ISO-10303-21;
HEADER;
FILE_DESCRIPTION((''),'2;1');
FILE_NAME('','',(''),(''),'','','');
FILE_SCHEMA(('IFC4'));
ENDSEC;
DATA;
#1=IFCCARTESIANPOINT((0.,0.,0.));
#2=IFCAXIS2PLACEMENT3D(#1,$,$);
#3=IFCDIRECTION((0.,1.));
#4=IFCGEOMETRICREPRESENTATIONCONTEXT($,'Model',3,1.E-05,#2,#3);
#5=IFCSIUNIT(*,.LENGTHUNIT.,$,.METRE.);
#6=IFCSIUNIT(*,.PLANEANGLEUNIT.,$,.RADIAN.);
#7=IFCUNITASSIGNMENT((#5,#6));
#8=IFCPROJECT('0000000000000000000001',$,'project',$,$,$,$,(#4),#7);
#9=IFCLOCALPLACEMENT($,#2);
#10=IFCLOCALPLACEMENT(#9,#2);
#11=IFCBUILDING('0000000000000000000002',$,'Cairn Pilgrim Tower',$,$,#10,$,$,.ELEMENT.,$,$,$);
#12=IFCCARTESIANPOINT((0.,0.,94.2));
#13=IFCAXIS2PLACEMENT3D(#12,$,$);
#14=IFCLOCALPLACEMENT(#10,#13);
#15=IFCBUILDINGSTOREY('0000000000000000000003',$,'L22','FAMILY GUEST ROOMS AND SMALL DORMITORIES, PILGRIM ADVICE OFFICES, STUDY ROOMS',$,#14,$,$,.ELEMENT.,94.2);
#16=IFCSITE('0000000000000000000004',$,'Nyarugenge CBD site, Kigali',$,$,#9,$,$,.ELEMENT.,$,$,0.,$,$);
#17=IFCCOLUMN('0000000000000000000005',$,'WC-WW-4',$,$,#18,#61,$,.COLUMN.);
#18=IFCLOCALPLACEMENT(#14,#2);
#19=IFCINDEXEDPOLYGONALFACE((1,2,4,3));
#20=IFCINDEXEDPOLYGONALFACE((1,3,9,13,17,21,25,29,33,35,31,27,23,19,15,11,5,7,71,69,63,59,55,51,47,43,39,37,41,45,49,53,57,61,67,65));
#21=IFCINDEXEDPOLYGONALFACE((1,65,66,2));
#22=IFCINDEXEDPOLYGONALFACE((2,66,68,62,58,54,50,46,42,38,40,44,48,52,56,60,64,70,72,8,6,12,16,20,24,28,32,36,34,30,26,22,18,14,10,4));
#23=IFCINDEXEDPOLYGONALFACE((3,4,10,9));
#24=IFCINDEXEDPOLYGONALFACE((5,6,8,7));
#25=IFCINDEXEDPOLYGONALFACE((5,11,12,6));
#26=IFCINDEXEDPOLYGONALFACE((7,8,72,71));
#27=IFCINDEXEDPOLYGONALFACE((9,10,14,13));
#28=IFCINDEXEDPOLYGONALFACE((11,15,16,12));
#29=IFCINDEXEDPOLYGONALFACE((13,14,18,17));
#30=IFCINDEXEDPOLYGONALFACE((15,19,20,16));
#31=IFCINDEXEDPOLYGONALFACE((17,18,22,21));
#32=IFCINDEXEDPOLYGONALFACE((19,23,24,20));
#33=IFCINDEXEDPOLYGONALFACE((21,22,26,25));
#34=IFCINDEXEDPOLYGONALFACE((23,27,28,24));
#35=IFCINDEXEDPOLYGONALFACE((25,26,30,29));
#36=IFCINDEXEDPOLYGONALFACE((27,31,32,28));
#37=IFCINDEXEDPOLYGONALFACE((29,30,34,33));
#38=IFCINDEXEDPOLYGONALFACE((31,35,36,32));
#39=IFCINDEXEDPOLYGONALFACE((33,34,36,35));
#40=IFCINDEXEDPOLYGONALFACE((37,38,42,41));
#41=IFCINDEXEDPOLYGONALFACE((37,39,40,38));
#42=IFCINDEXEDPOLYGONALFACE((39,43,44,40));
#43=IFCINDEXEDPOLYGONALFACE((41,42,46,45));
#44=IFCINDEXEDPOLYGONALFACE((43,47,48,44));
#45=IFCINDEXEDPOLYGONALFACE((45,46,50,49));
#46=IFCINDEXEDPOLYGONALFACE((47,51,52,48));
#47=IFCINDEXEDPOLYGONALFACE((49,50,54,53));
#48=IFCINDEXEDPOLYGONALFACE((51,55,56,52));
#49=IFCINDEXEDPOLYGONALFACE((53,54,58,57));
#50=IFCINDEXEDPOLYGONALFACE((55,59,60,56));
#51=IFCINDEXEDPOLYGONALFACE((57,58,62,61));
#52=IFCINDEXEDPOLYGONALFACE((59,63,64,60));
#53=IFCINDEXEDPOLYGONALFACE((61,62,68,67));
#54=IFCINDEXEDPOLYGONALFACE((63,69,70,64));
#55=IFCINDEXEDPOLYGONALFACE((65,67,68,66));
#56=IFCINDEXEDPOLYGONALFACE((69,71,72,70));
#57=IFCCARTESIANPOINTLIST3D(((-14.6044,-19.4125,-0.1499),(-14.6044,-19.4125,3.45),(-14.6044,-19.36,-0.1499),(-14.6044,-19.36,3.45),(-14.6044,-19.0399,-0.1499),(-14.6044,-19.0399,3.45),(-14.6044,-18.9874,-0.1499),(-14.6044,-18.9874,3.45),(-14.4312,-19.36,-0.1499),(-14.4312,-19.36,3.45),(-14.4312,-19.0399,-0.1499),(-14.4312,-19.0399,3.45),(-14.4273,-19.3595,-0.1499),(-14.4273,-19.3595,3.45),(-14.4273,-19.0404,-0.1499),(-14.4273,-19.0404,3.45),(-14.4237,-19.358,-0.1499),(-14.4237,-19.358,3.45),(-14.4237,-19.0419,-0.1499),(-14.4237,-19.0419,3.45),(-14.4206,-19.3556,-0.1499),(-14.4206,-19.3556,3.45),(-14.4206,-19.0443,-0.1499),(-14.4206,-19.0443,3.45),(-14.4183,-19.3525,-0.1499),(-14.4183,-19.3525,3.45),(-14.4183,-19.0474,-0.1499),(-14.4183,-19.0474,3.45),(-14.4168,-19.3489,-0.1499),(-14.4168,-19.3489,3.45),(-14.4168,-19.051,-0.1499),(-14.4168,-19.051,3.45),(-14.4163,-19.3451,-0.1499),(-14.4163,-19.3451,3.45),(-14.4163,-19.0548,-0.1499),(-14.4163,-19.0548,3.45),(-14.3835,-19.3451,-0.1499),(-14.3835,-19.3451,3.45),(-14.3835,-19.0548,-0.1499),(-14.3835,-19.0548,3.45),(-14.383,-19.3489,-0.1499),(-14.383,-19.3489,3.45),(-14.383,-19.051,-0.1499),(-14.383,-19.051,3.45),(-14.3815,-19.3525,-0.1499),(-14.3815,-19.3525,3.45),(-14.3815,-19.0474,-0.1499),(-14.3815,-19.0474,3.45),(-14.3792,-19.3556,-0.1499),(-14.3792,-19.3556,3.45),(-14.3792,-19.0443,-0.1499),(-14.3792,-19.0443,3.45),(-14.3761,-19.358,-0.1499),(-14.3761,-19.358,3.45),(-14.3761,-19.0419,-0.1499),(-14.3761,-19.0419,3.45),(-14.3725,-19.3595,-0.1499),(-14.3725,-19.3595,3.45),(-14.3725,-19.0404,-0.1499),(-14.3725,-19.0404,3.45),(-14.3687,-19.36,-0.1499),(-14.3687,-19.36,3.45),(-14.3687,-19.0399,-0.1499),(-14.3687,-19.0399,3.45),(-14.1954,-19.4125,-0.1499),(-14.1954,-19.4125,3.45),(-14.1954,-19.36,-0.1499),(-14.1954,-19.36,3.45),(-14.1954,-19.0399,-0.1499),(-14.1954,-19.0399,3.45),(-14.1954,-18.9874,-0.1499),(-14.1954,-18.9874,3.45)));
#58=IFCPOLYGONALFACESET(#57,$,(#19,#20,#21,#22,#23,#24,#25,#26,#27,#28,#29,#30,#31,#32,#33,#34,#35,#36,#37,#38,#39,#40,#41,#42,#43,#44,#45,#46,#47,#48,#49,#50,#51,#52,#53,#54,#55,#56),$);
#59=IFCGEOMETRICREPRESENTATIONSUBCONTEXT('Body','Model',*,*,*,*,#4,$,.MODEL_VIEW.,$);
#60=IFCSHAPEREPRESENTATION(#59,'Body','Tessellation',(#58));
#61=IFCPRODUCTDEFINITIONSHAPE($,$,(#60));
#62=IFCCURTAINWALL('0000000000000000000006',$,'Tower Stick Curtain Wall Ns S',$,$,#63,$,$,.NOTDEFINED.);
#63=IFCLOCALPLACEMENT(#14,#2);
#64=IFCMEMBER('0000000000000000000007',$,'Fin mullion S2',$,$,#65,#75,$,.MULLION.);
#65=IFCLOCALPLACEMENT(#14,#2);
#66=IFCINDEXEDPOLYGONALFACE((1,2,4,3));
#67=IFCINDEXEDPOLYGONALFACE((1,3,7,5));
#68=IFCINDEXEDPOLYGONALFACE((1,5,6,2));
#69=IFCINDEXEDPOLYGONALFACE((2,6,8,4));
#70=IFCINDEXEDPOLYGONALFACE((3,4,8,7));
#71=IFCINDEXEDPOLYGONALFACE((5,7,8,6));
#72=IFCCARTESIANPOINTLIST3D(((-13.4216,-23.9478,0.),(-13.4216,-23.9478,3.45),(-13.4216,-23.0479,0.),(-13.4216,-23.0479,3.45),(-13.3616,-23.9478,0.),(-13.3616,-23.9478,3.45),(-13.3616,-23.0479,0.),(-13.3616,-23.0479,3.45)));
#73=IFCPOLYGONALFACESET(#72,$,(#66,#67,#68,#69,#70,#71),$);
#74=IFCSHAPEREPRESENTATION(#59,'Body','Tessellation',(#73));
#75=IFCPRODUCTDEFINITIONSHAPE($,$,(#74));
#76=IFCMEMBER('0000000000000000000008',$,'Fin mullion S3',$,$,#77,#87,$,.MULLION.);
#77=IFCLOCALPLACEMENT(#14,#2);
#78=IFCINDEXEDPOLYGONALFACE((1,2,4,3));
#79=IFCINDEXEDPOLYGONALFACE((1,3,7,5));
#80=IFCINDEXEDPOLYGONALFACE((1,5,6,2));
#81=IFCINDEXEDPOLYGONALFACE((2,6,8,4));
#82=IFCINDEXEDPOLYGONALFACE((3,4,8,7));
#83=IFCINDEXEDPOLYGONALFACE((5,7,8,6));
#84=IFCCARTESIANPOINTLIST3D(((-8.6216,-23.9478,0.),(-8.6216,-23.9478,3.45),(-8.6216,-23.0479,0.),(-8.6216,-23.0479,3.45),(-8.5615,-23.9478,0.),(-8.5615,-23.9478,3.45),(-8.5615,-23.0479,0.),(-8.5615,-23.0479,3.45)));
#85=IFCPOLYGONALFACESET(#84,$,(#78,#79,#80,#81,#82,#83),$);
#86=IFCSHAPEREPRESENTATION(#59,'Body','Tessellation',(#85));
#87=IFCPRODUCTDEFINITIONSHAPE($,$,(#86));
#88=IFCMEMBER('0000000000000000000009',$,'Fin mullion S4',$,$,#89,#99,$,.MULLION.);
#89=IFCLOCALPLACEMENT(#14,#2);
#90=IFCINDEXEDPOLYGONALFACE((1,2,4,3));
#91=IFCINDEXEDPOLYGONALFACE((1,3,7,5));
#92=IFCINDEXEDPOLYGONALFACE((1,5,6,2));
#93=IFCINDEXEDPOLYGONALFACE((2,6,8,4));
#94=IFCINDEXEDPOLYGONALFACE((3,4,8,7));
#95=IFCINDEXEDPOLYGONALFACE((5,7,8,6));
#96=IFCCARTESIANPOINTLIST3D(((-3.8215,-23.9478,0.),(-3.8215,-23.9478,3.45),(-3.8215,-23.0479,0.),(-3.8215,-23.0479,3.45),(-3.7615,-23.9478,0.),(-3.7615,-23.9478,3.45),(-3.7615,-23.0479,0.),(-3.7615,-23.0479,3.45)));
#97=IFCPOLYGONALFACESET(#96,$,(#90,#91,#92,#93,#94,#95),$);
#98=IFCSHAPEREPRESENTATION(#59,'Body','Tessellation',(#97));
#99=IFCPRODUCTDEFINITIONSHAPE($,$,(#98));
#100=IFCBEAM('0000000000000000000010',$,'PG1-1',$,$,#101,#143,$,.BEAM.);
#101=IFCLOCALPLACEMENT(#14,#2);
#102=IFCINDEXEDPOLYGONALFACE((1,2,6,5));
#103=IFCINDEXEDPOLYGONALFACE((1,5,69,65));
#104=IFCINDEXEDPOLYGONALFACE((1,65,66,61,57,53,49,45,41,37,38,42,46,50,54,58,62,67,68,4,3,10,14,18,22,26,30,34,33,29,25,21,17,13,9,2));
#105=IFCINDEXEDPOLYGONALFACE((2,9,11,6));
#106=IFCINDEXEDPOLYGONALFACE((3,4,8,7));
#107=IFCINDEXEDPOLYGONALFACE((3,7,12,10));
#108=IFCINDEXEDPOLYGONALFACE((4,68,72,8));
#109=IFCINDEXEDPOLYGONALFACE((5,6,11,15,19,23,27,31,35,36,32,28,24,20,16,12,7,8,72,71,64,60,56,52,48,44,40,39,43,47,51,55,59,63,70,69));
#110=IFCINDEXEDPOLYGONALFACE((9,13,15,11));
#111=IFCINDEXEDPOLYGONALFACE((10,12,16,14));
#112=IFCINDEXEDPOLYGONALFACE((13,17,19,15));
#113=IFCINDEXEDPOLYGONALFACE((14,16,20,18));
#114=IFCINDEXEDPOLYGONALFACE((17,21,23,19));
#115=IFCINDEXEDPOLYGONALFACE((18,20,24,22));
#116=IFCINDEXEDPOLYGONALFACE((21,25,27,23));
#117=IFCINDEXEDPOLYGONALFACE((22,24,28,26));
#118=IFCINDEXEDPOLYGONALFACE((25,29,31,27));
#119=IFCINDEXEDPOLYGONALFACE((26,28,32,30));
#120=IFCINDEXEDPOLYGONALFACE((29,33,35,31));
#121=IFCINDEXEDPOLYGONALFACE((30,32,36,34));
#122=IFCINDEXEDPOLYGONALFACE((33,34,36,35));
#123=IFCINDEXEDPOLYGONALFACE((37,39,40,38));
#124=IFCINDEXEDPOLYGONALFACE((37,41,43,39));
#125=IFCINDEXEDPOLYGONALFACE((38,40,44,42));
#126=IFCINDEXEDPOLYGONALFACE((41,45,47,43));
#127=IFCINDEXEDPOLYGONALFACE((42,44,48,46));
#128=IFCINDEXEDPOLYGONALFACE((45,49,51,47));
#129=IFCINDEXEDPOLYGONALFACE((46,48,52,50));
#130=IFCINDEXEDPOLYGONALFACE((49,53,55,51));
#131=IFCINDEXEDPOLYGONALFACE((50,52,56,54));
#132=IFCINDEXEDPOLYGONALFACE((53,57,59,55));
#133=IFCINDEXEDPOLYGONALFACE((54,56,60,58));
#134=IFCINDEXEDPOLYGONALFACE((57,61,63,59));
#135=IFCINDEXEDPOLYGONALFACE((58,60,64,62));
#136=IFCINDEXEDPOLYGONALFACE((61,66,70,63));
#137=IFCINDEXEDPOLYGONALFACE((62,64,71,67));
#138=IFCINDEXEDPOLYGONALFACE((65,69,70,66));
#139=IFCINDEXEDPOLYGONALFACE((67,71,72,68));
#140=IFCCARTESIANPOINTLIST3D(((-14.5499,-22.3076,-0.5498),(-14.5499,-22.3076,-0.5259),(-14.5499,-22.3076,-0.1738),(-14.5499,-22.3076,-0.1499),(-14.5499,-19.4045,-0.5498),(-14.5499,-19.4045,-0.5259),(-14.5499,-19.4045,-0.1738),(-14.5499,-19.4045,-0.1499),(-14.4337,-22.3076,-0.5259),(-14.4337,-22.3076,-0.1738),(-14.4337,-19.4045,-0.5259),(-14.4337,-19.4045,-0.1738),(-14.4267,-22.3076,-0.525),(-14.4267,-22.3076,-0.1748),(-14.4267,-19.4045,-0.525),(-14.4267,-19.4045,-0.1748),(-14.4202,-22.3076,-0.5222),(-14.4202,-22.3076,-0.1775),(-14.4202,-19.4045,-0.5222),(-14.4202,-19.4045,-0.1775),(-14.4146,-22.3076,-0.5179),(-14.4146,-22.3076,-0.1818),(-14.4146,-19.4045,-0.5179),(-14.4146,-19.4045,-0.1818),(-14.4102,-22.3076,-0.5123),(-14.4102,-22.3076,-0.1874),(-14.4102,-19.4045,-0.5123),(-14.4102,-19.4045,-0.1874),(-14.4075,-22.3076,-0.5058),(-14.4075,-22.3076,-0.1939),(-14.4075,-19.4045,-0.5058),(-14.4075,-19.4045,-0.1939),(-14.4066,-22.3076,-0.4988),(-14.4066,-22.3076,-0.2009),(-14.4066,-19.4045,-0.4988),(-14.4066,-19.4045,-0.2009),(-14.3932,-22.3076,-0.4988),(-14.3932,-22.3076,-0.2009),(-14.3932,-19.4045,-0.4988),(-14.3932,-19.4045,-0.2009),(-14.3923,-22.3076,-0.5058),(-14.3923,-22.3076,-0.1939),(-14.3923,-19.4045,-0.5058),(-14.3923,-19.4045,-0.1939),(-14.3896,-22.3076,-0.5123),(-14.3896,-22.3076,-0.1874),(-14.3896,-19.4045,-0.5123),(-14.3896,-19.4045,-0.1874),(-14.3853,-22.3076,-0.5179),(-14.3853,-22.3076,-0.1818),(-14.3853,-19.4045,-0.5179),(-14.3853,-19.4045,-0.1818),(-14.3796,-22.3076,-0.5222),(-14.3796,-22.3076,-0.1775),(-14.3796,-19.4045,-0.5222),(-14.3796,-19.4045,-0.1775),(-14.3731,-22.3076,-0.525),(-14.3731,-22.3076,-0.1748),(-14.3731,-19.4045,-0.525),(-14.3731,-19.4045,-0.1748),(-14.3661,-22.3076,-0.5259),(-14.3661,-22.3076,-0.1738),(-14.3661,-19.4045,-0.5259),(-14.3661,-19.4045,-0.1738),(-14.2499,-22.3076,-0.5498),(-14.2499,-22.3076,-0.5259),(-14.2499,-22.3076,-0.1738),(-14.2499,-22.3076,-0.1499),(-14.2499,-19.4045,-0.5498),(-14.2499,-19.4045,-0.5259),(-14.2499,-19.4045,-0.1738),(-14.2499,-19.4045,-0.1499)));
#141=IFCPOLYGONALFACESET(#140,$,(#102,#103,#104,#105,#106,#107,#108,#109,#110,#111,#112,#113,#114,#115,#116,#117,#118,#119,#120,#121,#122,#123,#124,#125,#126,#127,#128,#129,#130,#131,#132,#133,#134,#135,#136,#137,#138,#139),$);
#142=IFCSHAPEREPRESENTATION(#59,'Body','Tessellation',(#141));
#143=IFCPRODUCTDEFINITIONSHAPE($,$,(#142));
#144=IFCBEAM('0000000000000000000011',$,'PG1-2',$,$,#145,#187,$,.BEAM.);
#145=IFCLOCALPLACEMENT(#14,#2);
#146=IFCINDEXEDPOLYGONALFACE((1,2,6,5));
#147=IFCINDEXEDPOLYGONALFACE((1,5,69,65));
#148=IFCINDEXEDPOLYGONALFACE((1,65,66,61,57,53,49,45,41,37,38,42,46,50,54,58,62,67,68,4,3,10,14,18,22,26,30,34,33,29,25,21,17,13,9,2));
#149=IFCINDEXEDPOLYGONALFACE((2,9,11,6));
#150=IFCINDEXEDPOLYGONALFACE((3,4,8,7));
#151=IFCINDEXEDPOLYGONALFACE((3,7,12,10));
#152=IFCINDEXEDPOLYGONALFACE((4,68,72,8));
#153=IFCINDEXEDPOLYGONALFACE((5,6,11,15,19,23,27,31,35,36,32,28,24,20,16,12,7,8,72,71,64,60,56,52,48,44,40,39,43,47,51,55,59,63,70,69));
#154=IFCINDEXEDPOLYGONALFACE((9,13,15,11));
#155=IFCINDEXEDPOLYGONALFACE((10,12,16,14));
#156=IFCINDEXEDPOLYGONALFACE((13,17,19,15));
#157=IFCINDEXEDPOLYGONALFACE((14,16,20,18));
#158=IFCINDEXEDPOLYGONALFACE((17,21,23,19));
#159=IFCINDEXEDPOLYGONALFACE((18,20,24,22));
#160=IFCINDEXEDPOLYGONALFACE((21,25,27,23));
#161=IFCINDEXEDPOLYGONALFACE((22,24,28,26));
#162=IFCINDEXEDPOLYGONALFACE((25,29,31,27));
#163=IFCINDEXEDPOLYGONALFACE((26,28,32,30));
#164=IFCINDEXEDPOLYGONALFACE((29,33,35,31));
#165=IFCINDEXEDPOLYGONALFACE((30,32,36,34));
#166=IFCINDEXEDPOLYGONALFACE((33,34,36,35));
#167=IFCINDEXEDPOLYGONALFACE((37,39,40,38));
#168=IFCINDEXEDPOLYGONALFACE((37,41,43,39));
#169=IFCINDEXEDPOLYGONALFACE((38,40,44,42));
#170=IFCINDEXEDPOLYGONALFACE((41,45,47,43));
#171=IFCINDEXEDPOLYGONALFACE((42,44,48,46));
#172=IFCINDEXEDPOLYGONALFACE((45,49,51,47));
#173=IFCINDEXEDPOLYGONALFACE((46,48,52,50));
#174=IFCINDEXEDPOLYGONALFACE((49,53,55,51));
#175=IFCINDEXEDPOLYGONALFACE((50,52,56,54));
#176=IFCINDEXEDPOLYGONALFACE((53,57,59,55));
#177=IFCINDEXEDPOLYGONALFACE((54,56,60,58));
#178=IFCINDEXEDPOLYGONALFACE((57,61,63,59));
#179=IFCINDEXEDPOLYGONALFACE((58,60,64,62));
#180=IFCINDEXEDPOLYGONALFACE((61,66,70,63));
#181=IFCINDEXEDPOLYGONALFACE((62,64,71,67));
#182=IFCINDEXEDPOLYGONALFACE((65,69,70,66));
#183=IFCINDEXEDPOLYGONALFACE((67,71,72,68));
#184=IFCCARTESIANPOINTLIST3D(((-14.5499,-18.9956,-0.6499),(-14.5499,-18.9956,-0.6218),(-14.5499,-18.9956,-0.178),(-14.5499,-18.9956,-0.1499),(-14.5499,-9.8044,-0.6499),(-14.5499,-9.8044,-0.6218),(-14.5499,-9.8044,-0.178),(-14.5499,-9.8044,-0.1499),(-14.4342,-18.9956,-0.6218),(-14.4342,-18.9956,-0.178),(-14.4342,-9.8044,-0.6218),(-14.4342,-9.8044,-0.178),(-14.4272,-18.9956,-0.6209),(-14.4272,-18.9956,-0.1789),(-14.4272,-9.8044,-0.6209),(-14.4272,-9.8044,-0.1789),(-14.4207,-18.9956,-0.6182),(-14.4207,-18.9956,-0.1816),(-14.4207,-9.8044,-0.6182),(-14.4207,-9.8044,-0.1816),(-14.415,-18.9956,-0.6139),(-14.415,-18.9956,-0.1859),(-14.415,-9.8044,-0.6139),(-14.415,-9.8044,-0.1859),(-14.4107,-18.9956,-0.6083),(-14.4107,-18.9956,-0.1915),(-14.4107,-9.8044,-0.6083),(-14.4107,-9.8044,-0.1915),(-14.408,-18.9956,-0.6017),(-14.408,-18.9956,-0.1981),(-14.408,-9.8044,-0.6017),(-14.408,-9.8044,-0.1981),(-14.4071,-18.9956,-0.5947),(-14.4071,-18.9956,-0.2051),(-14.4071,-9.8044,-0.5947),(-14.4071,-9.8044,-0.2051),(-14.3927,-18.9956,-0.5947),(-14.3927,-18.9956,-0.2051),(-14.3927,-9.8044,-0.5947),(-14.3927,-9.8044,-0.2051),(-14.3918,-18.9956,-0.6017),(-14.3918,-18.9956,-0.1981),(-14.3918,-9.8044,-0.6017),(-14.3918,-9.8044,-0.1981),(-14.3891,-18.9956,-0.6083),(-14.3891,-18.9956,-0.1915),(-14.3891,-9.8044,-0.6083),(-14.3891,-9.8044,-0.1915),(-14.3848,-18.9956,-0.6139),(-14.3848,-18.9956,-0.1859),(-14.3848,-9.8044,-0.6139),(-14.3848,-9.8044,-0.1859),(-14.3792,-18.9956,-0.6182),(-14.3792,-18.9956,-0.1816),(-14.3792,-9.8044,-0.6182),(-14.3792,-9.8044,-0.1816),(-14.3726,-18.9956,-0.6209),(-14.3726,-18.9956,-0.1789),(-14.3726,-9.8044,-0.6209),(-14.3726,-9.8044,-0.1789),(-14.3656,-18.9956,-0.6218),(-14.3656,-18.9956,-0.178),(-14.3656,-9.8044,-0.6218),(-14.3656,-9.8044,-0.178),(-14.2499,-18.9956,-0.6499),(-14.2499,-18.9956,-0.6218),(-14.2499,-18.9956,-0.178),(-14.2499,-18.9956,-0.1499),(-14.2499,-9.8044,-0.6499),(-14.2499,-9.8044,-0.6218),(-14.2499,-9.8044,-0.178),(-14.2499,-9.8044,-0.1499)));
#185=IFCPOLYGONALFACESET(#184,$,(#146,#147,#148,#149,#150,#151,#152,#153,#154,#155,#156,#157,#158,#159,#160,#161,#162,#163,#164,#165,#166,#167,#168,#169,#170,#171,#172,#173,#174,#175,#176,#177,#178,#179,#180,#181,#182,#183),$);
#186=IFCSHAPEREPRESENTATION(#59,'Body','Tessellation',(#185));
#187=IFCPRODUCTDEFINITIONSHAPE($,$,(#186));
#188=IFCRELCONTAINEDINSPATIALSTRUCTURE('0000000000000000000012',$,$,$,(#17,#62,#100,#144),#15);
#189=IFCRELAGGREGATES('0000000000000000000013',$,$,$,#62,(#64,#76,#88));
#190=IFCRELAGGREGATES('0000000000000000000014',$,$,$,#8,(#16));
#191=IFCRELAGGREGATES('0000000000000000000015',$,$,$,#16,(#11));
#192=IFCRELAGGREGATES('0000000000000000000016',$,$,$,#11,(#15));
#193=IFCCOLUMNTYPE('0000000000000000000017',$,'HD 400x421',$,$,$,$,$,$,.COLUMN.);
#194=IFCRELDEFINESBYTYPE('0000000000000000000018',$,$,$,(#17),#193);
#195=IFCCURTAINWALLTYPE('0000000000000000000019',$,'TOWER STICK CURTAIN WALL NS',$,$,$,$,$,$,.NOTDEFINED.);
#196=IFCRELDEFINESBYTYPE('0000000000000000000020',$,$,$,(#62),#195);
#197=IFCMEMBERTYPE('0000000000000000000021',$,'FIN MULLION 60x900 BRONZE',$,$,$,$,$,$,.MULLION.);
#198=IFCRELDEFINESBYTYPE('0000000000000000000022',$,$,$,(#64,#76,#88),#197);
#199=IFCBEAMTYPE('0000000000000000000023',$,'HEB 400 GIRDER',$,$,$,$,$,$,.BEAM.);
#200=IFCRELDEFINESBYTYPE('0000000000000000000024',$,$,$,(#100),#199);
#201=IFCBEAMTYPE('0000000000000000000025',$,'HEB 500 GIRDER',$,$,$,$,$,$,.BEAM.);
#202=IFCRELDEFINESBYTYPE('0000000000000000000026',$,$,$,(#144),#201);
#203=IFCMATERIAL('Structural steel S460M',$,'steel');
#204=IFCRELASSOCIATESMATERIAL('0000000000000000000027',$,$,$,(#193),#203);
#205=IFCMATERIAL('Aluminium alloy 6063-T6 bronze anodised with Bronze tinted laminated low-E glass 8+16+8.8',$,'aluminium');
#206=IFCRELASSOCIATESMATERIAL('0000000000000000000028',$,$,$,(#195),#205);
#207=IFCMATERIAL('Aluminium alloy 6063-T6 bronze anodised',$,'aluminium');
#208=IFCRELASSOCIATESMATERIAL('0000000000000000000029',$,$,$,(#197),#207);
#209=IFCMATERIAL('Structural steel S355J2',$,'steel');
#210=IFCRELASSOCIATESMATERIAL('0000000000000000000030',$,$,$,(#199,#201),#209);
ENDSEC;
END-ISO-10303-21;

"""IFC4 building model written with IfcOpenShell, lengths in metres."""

from ifc_helpers import new_model, si_unit, direction, frame, origin, origin_2d, place, context, subcontext, project, spatial, rectangle, i_section, extrude, material, material_profile, profile_set, type_object, element, aggregate, save


model = new_model("IFC4")

# Units and contexts
model_context = context("Model", 3, precision=1e-05, world=origin(), true_north=direction((0.0, 1.0)))
body_context = subcontext(model_context, "Body", "Model", "MODEL_VIEW")
ifc_project = project(units=[si_unit("LENGTHUNIT", "METRE"), si_unit("PLANEANGLEUNIT", "RADIAN")], contexts=[model_context])

# Site, building, storey
site_placement = place(None, origin())
site = spatial("IfcSite", under=ifc_project, at=site_placement, Name="Nyarugenge CBD site, Kigali", CompositionType="ELEMENT", RefElevation=0.0)
building_placement = place(site_placement, origin())
building = spatial("IfcBuilding", under=site, at=building_placement, Name="Cairn Pilgrim Tower", CompositionType="ELEMENT")
storey_placement = place(building_placement, frame((0.0, 0.0, 94.2)))
storey = spatial("IfcBuildingStorey", under=building, at=storey_placement, Name="L22", Description="FAMILY GUEST ROOMS AND SMALL DORMITORIES, PILGRIM ADVICE OFFICES, STUDY ROOMS", CompositionType="ELEMENT", Elevation=94.2)

# Column
ifc_material_1 = material(Name="Structural steel S460M", Category="steel")
ifc_material_profile_1 = material_profile(ifc_material_1, i_section(OverallWidth=0.4089, OverallDepth=0.425, WebThickness=0.0327, FlangeThickness=0.0525, FilletRadius=0.0149, at=origin_2d()), Name="HD 400x421")
ifc_profile_set_1 = profile_set([ifc_material_profile_1], Name="Structural steel S460M")
column_type_1 = type_object("IfcColumnType", Name="HD 400x421", PredefinedType="COLUMN", material=ifc_profile_set_1)
column_1_placement = place(storey_placement, frame((-14.3999, -19.2, -0.1499), z_axis=(0.0, 0.0, 1.0), x_axis=(1.0, 0.0, 0.0)))
element("IfcColumn", 1, at=column_1_placement, inside=storey, type_object=column_type_1, Name="WC-WW-4", PredefinedType="COLUMN", context=body_context, shape_type="SweptSolid", body=[
    extrude(i_section(OverallWidth=0.4089, OverallDepth=0.425, WebThickness=0.0327, FlangeThickness=0.0525, FilletRadius=0.0149, at=origin_2d()), origin(), (0.0, 0.0, 1.0), 3.5999),
])

# Curtain wall, members
ifc_material_2 = material(Name="Aluminium alloy 6063-T6 bronze anodised with Bronze tinted laminated low-E glass 8+16+8.8", Category="aluminium")
curtain_wall_type = type_object("IfcCurtainWallType", Name="TOWER STICK CURTAIN WALL NS", PredefinedType="NOTDEFINED", material=ifc_material_2)
curtain_wall_placement = place(storey_placement, origin())
curtain_wall = element("IfcCurtainWall", 2, at=curtain_wall_placement, inside=storey, type_object=curtain_wall_type, Name="Tower Stick Curtain Wall Ns S", PredefinedType="NOTDEFINED")
ifc_material_3 = material(Name="Aluminium alloy 6063-T6 bronze anodised", Category="aluminium")
ifc_material_profile_2 = material_profile(ifc_material_3, rectangle(XDim=0.8999, YDim=0.0601, at=origin_2d()), Name="FIN MULLION 60x900 BRONZE")
ifc_profile_set_2 = profile_set([ifc_material_profile_2], Name="Aluminium alloy 6063-T6 bronze anodised")
member_type_1 = type_object("IfcMemberType", Name="FIN MULLION 60x900 BRONZE", PredefinedType="MULLION", material=ifc_profile_set_2)
member_1_placement = place(storey_placement, frame((-13.3916, -23.4978, 0.0), z_axis=(0.0, 0.0, 1.0), x_axis=(0.0, -1.0, 0.0)))
member_1 = element("IfcMember", 3, at=member_1_placement, type_object=member_type_1, Name="Fin mullion S2", PredefinedType="MULLION", context=body_context, shape_type="SweptSolid", body=[
    extrude(rectangle(XDim=0.8999, YDim=0.0601, at=origin_2d()), origin(), (0.0, 0.0, 1.0), 3.45),
])
member_2_placement = place(storey_placement, frame((-8.5916, -23.4978, 0.0), z_axis=(0.0, 0.0, 1.0), x_axis=(0.0, -1.0, 0.0)))
member_2 = element("IfcMember", 4, at=member_2_placement, type_object=member_type_1, Name="Fin mullion S3", PredefinedType="MULLION", context=body_context, shape_type="SweptSolid", body=[
    extrude(rectangle(XDim=0.8999, YDim=0.0601, at=origin_2d()), origin(), (0.0, 0.0, 1.0), 3.45),
])
member_3_placement = place(storey_placement, frame((-3.7915, -23.4978, 0.0), z_axis=(0.0, 0.0, 1.0), x_axis=(0.0, -1.0, 0.0)))
member_3 = element("IfcMember", 5, at=member_3_placement, type_object=member_type_1, Name="Fin mullion S4", PredefinedType="MULLION", context=body_context, shape_type="SweptSolid", body=[
    extrude(rectangle(XDim=0.8999, YDim=0.0601, at=origin_2d()), origin(), (0.0, 0.0, 1.0), 3.45),
])

# Beams
ifc_material_4 = material(Name="Structural steel S355J2", Category="steel")
ifc_material_profile_3 = material_profile(ifc_material_4, i_section(OverallWidth=0.3, OverallDepth=0.3999, WebThickness=0.0134, FlangeThickness=0.0239, FilletRadius=0.0271, at=origin_2d()), Name="HEB 400")
ifc_profile_set_3 = profile_set([ifc_material_profile_3], Name="Structural steel S355J2")
beam_type_1 = type_object("IfcBeamType", Name="HEB 400 GIRDER", PredefinedType="BEAM", material=ifc_profile_set_3)
beam_1_placement = place(storey_placement, frame((-14.3999, -22.3076, -0.3499), z_axis=(0.0, 1.0, 0.0), x_axis=(-1.0, 0.0, 0.0)))
element("IfcBeam", 6, at=beam_1_placement, inside=storey, type_object=beam_type_1, Name="PG1-1", PredefinedType="BEAM", context=body_context, shape_type="SweptSolid", body=[
    extrude(i_section(OverallWidth=0.3, OverallDepth=0.3999, WebThickness=0.0134, FlangeThickness=0.0239, FilletRadius=0.0271, at=origin_2d()), origin(), (0.0, 0.0, 1.0), 2.9031),
])
ifc_material_profile_4 = material_profile(ifc_material_4, i_section(OverallWidth=0.3, OverallDepth=0.5, WebThickness=0.0144, FlangeThickness=0.0281, FilletRadius=0.0271, at=origin_2d()), Name="HEB 500")
ifc_profile_set_4 = profile_set([ifc_material_profile_4], Name="Structural steel S355J2")
beam_type_2 = type_object("IfcBeamType", Name="HEB 500 GIRDER", PredefinedType="BEAM", material=ifc_profile_set_4)
beam_2_placement = place(storey_placement, frame((-14.3999, -18.9956, -0.3999), z_axis=(0.0, 1.0, 0.0), x_axis=(-1.0, 0.0, 0.0)))
element("IfcBeam", 7, at=beam_2_placement, inside=storey, type_object=beam_type_2, Name="PG1-2", PredefinedType="BEAM", context=body_context, shape_type="SweptSolid", body=[
    extrude(i_section(OverallWidth=0.3, OverallDepth=0.5, WebThickness=0.0144, FlangeThickness=0.0281, FilletRadius=0.0271, at=origin_2d()), origin(), (0.0, 0.0, 1.0), 9.1912),
])

aggregate(curtain_wall, [member_1, member_2, member_3])

save(model, "model.ifc")
